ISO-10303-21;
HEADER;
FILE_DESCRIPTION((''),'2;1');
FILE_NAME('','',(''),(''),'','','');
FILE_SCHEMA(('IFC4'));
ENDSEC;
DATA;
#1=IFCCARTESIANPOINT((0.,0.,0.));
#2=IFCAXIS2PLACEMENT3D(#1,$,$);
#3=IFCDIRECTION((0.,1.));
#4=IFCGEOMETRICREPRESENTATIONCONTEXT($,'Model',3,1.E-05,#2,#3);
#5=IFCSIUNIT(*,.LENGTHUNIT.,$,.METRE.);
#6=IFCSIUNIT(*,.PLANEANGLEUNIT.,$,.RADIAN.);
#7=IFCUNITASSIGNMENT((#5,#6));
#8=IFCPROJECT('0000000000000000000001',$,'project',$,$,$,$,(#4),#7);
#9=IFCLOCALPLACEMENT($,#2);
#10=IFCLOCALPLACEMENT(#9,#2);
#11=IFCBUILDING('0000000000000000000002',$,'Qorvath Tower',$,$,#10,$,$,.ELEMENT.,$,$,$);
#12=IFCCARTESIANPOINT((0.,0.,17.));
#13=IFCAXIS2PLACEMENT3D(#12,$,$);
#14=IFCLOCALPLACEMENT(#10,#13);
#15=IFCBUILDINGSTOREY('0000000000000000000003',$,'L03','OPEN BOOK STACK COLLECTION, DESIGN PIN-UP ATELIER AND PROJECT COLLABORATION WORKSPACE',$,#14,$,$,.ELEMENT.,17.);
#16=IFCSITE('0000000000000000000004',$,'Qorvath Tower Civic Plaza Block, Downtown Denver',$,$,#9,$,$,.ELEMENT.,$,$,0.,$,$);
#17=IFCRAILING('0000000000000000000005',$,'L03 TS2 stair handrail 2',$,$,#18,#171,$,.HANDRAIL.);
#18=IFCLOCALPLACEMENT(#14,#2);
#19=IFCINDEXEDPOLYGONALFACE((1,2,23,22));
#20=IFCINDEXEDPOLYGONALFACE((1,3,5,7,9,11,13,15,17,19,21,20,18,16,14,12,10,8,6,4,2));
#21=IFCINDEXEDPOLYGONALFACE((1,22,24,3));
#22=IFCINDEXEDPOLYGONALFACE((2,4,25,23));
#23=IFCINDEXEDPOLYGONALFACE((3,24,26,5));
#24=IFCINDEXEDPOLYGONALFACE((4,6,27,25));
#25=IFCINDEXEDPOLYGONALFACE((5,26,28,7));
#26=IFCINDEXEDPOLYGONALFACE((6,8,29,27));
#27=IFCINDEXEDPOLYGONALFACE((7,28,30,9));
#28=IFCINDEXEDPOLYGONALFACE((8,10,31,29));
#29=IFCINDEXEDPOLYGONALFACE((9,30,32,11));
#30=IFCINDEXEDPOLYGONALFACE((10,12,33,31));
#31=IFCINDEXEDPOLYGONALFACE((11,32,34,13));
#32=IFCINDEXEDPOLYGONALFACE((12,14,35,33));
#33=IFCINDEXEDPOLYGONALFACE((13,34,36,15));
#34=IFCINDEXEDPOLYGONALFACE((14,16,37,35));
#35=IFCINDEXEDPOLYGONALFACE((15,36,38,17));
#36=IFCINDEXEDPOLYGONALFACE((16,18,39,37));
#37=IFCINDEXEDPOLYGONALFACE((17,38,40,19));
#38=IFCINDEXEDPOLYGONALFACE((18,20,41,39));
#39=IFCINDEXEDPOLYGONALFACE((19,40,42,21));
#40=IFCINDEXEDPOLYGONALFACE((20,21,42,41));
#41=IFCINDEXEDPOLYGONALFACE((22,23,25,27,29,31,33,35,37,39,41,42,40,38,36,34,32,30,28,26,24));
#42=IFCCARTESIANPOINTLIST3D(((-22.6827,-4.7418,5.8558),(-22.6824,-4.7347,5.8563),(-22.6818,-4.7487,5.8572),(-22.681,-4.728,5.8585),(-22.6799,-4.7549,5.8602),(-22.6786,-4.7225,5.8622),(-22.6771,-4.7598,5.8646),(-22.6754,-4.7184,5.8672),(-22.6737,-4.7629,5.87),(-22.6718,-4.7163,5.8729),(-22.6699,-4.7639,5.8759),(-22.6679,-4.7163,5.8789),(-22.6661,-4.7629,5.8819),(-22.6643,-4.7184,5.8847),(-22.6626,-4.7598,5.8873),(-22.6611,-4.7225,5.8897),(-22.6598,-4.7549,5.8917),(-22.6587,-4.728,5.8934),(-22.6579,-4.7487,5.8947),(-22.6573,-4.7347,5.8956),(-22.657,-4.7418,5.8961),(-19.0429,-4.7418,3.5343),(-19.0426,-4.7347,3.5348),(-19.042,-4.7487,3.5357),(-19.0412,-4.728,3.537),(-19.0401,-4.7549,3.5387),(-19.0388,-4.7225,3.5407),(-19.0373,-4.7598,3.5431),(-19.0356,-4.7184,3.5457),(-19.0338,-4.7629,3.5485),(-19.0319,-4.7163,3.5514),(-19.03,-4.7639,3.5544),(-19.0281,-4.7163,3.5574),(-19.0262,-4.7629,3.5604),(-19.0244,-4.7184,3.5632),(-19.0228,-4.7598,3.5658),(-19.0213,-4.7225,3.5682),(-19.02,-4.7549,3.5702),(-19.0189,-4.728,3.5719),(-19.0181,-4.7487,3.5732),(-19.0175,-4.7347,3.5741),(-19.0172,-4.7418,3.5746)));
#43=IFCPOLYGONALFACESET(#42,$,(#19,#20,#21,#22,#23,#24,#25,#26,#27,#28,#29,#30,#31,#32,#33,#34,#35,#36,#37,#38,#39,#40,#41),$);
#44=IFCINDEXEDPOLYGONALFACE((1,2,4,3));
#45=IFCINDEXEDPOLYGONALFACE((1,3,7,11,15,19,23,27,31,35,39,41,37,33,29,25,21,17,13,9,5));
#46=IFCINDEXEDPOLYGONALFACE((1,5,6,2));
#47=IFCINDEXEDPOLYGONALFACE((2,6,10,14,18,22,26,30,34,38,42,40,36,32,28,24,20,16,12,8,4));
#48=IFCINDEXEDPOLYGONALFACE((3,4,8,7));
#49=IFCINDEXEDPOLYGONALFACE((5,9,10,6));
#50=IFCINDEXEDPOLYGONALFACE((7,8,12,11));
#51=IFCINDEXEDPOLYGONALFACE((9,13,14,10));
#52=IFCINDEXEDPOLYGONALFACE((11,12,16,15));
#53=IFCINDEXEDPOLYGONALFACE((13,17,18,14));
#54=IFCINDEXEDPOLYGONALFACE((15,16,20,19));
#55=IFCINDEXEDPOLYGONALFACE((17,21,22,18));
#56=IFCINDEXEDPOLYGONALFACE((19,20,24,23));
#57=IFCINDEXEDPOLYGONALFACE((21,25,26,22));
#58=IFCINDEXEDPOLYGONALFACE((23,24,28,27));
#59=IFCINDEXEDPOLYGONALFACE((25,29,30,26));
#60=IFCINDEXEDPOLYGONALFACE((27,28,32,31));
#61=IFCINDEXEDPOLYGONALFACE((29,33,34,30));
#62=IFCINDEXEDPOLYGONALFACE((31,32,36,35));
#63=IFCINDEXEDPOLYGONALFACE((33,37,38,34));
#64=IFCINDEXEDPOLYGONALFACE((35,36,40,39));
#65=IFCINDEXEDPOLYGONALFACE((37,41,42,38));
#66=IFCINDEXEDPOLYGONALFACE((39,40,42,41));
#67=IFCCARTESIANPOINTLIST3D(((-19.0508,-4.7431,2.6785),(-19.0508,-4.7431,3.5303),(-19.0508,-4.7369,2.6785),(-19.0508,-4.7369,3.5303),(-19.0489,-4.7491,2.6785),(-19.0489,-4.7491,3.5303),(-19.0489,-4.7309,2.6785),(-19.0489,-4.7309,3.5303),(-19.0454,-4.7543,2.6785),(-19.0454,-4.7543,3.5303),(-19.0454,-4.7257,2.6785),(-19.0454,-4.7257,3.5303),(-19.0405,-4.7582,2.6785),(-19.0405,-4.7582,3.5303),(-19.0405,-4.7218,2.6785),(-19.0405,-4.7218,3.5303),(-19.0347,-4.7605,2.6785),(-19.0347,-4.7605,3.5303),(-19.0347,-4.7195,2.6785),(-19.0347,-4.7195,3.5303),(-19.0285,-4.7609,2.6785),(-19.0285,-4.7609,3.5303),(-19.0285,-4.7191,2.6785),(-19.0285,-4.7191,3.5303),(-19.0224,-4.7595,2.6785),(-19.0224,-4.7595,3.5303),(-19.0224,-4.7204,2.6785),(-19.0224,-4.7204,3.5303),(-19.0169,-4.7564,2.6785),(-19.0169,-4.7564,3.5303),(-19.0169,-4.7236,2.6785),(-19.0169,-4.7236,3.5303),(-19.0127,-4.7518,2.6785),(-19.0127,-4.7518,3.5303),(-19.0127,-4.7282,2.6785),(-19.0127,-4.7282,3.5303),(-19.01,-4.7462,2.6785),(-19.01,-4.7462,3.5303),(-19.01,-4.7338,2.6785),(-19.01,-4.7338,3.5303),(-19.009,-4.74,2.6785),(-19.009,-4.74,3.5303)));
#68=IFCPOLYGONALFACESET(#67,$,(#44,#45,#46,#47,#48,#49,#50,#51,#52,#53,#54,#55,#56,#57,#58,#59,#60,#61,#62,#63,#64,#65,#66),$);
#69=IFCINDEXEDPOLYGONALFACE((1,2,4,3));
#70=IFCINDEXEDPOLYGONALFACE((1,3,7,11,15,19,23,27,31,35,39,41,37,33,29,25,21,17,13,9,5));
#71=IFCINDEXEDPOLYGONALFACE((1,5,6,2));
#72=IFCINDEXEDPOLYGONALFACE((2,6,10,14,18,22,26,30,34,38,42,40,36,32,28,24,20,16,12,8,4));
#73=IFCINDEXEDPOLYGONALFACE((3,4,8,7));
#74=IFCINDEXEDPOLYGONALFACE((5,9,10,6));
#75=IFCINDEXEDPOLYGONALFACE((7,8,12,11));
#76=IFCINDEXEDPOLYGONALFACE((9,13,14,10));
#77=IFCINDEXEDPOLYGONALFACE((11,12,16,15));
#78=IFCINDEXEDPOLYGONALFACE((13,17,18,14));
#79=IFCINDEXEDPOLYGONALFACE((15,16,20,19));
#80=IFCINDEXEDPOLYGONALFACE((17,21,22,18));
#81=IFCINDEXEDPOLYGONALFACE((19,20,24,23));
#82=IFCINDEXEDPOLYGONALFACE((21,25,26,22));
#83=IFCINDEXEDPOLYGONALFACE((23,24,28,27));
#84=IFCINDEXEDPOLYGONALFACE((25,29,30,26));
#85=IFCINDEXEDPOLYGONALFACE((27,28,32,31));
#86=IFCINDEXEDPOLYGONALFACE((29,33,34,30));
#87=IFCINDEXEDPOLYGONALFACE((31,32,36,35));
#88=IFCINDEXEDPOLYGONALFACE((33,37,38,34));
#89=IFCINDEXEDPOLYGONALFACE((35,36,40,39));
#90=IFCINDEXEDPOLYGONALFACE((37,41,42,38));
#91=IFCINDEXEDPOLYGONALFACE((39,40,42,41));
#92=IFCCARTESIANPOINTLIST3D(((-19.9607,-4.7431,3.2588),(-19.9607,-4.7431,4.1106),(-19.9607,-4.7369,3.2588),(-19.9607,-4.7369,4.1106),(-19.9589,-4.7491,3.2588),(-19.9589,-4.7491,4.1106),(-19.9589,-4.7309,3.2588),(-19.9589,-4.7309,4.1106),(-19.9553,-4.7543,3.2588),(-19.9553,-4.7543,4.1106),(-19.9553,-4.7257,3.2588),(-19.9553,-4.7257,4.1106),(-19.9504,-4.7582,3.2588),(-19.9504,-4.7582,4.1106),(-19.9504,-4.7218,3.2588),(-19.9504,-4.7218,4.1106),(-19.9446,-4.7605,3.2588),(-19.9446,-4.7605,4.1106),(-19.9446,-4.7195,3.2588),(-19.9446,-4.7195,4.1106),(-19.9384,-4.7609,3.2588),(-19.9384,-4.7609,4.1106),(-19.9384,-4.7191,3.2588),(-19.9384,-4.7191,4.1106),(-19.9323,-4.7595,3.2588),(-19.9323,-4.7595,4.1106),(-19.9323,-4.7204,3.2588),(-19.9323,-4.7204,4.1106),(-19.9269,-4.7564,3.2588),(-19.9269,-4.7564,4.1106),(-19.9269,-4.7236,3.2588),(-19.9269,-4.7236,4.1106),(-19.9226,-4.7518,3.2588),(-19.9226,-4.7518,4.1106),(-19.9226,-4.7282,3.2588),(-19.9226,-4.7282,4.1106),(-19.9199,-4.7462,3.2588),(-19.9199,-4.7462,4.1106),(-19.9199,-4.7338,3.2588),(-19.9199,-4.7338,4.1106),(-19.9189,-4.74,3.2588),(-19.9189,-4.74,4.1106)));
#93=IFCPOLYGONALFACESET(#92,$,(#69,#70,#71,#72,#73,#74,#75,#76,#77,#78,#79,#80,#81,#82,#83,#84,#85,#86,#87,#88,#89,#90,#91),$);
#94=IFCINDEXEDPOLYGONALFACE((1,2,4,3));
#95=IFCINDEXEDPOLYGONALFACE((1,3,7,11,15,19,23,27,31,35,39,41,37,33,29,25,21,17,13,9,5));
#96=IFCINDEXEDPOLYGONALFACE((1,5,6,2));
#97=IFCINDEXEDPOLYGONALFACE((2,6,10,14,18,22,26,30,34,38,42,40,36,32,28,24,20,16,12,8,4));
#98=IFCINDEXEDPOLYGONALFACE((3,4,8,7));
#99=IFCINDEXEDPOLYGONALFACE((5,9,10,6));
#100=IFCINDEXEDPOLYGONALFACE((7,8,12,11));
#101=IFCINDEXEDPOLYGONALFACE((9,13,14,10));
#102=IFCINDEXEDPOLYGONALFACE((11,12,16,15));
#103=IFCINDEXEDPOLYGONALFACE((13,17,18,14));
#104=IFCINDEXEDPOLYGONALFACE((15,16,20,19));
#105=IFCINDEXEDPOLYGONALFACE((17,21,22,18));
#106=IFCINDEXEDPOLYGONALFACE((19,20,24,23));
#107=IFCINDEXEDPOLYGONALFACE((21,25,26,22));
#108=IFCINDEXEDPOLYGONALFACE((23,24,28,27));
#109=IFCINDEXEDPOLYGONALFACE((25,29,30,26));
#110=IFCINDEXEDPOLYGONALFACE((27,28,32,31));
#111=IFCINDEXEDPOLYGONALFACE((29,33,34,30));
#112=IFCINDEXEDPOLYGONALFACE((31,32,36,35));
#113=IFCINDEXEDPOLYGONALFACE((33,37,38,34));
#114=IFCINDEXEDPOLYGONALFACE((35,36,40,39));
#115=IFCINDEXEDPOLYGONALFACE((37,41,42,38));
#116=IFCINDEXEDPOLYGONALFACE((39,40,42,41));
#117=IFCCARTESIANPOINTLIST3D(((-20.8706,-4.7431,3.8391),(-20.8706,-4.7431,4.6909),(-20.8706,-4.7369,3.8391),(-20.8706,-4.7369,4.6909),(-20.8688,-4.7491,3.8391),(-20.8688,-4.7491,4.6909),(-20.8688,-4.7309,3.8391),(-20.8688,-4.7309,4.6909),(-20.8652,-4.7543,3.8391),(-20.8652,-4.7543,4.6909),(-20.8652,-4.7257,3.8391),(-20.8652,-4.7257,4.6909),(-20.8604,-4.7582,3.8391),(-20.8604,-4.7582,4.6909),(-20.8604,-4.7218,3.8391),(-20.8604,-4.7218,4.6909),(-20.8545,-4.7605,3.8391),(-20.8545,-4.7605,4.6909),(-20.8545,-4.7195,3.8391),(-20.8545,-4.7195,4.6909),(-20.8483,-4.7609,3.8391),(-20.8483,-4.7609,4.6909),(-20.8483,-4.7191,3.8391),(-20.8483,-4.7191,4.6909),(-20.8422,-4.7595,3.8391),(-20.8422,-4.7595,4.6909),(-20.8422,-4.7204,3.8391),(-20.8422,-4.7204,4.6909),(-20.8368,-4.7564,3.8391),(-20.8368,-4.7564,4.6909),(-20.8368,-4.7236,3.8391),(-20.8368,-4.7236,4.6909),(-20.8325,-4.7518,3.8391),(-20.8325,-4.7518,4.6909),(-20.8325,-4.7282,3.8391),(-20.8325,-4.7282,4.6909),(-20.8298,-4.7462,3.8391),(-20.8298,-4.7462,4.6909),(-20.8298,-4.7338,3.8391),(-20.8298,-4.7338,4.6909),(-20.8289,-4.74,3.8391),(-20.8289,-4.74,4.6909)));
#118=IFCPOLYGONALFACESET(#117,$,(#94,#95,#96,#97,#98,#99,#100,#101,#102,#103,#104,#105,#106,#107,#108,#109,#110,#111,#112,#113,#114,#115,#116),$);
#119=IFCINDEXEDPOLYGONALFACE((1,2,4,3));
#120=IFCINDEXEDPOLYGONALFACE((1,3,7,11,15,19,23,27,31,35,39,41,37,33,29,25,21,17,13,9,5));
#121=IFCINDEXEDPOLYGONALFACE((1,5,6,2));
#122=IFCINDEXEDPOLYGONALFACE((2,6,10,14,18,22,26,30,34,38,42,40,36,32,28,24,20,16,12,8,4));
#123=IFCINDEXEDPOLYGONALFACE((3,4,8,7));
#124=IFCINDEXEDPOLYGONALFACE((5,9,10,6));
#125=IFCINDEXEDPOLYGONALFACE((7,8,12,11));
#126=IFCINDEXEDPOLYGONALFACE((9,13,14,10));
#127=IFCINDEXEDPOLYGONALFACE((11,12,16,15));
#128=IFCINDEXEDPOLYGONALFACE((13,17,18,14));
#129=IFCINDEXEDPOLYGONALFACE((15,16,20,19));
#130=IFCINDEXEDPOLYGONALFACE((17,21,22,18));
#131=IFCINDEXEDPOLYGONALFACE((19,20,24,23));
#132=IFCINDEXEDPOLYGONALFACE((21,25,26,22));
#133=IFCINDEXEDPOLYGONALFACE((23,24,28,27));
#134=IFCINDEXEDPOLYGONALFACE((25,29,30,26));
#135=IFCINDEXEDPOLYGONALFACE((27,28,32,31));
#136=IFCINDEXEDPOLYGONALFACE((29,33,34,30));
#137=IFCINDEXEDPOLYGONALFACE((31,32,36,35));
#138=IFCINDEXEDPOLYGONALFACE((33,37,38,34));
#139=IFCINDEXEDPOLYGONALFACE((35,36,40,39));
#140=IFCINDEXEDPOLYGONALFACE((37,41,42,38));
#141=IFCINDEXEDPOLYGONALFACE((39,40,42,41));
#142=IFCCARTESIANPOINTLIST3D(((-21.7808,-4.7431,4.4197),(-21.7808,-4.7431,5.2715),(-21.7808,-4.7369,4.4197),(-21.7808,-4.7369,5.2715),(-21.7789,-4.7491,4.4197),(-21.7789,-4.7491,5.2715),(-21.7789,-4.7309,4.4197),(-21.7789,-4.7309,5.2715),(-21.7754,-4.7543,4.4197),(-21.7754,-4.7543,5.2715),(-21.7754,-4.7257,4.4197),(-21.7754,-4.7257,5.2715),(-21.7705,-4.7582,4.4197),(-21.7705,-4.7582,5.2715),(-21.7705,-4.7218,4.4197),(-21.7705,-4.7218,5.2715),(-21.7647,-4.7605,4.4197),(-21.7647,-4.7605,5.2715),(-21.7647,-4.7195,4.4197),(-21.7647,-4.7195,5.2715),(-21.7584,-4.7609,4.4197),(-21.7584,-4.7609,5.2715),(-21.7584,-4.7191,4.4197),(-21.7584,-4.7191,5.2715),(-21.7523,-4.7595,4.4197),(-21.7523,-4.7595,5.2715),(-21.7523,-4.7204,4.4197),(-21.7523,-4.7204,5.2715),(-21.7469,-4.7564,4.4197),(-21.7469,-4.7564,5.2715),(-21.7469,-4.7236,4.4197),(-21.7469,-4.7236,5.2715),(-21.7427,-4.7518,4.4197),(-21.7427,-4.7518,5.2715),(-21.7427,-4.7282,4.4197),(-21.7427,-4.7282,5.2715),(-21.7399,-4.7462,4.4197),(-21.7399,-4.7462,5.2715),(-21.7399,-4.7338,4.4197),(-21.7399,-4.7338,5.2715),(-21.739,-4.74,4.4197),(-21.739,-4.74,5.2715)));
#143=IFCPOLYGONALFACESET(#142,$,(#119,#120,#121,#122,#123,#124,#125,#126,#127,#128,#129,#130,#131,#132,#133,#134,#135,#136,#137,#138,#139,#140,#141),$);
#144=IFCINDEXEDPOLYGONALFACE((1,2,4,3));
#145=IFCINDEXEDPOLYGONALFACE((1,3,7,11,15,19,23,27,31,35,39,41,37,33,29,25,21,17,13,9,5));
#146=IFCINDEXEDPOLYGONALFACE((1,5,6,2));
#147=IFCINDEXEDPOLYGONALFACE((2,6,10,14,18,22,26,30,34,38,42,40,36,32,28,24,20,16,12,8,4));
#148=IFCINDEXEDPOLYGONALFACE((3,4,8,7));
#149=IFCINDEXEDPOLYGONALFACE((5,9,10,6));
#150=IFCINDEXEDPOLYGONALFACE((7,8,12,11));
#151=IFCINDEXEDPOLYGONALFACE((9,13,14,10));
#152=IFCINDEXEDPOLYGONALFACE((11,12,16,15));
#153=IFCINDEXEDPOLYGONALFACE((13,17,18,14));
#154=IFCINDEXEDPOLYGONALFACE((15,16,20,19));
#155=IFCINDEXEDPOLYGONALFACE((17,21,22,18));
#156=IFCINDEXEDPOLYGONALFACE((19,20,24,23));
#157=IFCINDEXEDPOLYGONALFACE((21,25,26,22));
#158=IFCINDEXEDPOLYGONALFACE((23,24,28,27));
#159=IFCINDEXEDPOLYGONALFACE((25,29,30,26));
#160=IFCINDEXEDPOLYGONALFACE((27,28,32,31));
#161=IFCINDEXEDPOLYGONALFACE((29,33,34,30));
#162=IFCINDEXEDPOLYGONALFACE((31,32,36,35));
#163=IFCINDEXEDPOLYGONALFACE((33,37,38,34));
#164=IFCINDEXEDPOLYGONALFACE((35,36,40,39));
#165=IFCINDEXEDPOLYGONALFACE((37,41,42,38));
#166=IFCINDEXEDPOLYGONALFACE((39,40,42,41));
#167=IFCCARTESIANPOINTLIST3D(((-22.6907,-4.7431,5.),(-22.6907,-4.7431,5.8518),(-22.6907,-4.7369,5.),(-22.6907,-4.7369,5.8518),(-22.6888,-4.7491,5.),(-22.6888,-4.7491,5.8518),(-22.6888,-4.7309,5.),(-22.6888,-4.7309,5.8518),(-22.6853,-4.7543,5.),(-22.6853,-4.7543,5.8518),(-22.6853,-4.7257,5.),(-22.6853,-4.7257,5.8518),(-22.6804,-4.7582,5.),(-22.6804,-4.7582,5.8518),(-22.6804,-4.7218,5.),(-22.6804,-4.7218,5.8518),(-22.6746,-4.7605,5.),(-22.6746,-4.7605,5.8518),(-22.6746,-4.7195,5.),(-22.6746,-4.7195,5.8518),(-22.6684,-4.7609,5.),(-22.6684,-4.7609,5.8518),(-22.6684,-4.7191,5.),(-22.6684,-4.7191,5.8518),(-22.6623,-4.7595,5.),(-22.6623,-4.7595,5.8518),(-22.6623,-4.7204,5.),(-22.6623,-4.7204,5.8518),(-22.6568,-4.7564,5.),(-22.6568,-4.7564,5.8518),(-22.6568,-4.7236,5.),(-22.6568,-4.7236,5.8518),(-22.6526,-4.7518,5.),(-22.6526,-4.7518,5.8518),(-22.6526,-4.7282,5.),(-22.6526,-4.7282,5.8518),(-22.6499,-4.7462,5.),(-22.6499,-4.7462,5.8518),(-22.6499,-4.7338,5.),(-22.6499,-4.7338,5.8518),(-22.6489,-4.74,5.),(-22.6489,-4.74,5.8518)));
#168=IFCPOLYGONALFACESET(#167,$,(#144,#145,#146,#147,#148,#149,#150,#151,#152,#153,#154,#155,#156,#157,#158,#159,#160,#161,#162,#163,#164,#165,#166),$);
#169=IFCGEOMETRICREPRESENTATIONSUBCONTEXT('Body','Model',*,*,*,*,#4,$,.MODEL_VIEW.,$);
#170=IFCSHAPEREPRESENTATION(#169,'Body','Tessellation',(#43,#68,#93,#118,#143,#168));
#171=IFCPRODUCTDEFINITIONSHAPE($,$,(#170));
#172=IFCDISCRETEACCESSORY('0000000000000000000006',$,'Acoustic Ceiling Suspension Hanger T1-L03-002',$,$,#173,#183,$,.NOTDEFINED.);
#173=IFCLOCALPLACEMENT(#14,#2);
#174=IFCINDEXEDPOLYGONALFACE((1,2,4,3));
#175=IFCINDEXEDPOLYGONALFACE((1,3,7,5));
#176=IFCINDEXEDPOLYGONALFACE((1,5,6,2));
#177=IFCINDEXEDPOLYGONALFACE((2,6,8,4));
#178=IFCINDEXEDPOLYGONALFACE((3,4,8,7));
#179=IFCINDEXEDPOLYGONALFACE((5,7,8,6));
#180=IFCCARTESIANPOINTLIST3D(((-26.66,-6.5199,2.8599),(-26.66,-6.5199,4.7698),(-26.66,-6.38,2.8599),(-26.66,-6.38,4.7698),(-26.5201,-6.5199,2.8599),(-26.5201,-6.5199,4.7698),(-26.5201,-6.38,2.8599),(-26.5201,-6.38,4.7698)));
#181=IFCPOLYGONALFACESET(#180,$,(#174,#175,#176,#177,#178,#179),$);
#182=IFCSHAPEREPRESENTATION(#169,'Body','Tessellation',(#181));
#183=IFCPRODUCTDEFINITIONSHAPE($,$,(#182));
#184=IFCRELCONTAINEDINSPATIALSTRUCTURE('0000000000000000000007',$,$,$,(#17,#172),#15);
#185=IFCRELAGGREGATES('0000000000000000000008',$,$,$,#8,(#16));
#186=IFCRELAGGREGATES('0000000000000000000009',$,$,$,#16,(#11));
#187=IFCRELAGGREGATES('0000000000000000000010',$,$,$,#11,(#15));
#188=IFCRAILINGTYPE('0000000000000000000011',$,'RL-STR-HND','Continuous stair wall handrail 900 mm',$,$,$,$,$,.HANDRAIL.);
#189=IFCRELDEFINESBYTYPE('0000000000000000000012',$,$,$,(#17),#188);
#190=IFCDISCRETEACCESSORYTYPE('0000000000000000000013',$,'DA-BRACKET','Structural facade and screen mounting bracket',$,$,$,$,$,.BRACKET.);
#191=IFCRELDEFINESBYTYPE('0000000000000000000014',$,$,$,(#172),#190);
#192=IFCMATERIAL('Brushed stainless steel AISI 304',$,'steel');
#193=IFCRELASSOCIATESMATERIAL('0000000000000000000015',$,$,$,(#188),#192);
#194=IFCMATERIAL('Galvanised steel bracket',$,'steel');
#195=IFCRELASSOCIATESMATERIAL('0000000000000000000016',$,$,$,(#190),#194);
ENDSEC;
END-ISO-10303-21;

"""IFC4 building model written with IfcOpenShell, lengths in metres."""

from ifc_helpers import new_model, si_unit, direction, frame, origin, origin_2d, place, context, subcontext, project, spatial, rectangle, circle, extrude, material, type_object, element, save


model = new_model("IFC4")

# Units and contexts
model_context = context("Model", 3, precision=1e-05, world=origin(), true_north=direction((0.0, 1.0)))
body_context = subcontext(model_context, "Body", "Model", "MODEL_VIEW")
ifc_project = project(units=[si_unit("LENGTHUNIT", "METRE"), si_unit("PLANEANGLEUNIT", "RADIAN")], contexts=[model_context])

# Site, building, storey
site_placement = place(None, origin())
site = spatial("IfcSite", under=ifc_project, at=site_placement, Name="Qorvath Tower Civic Plaza Block, Downtown Denver", CompositionType="ELEMENT", RefElevation=0.0)
building_placement = place(site_placement, origin())
building = spatial("IfcBuilding", under=site, at=building_placement, Name="Qorvath Tower", CompositionType="ELEMENT")
storey_placement = place(building_placement, frame((0.0, 0.0, 17.0)))
storey = spatial("IfcBuildingStorey", under=building, at=storey_placement, Name="L03", Description="OPEN BOOK STACK COLLECTION, DESIGN PIN-UP ATELIER AND PROJECT COLLABORATION WORKSPACE", CompositionType="ELEMENT", Elevation=17.0)

# Railing
ifc_material_1 = material(Name="Brushed stainless steel AISI 304", Category="steel")
railing_type_1 = type_object("IfcRailingType", Name="RL-STR-HND", Description="Continuous stair wall handrail 900 mm", PredefinedType="HANDRAIL", material=ifc_material_1)
railing_1_placement = place(storey_placement, frame((-19.03, -4.74, 2.6785)))
element("IfcRailing", 1, at=railing_1_placement, inside=storey, type_object=railing_type_1, Name="L03 TS2 stair handrail 2", PredefinedType="HANDRAIL", context=body_context, shape_type="SweptSolid", body=[
    extrude(circle(Radius=0.0239, at=origin_2d()), frame((0.0, 0.0, 0.876), z_axis=(-0.843112, 0.0, 0.537739), x_axis=(0.0, -1.0, 0.0)), (0.0, 0.0, 1.0), 4.3171),
    extrude(circle(Radius=0.021, at=origin_2d()), origin(), (0.0, 0.0, 1.0), 0.8518),
    extrude(circle(Radius=0.021, at=origin_2d()), frame((-0.9099, 0.0, 0.5803)), (0.0, 0.0, 1.0), 0.8518),
    extrude(circle(Radius=0.021, at=origin_2d()), frame((-1.8198, 0.0, 1.1606)), (0.0, 0.0, 1.0), 0.8518),
    extrude(circle(Radius=0.021, at=origin_2d()), frame((-2.73, 0.0, 1.7412)), (0.0, 0.0, 1.0), 0.8518),
    extrude(circle(Radius=0.021, at=origin_2d()), frame((-3.6399, 0.0, 2.3215)), (0.0, 0.0, 1.0), 0.8518),
])

# Discrete accessory
ifc_material_2 = material(Name="Galvanised steel bracket", Category="steel")
discrete_accessory_type = type_object("IfcDiscreteAccessoryType", Name="DA-BRACKET", Description="Structural facade and screen mounting bracket", PredefinedType="BRACKET", material=ifc_material_2)
discrete_accessory_placement = place(storey_placement, frame((-26.5901, -6.45, 2.8599), z_axis=(0.0, 0.0, 1.0), x_axis=(1.0, 0.0, 0.0)))
element("IfcDiscreteAccessory", 2, at=discrete_accessory_placement, inside=storey, type_object=discrete_accessory_type, Name="Acoustic Ceiling Suspension Hanger T1-L03-002", PredefinedType="NOTDEFINED", context=body_context, shape_type="SweptSolid", body=[
    extrude(rectangle(XDim=0.1399, YDim=0.1399, at=origin_2d()), origin(), (0.0, 0.0, 1.0), 1.9099),
])

save(model, "model.ifc")
